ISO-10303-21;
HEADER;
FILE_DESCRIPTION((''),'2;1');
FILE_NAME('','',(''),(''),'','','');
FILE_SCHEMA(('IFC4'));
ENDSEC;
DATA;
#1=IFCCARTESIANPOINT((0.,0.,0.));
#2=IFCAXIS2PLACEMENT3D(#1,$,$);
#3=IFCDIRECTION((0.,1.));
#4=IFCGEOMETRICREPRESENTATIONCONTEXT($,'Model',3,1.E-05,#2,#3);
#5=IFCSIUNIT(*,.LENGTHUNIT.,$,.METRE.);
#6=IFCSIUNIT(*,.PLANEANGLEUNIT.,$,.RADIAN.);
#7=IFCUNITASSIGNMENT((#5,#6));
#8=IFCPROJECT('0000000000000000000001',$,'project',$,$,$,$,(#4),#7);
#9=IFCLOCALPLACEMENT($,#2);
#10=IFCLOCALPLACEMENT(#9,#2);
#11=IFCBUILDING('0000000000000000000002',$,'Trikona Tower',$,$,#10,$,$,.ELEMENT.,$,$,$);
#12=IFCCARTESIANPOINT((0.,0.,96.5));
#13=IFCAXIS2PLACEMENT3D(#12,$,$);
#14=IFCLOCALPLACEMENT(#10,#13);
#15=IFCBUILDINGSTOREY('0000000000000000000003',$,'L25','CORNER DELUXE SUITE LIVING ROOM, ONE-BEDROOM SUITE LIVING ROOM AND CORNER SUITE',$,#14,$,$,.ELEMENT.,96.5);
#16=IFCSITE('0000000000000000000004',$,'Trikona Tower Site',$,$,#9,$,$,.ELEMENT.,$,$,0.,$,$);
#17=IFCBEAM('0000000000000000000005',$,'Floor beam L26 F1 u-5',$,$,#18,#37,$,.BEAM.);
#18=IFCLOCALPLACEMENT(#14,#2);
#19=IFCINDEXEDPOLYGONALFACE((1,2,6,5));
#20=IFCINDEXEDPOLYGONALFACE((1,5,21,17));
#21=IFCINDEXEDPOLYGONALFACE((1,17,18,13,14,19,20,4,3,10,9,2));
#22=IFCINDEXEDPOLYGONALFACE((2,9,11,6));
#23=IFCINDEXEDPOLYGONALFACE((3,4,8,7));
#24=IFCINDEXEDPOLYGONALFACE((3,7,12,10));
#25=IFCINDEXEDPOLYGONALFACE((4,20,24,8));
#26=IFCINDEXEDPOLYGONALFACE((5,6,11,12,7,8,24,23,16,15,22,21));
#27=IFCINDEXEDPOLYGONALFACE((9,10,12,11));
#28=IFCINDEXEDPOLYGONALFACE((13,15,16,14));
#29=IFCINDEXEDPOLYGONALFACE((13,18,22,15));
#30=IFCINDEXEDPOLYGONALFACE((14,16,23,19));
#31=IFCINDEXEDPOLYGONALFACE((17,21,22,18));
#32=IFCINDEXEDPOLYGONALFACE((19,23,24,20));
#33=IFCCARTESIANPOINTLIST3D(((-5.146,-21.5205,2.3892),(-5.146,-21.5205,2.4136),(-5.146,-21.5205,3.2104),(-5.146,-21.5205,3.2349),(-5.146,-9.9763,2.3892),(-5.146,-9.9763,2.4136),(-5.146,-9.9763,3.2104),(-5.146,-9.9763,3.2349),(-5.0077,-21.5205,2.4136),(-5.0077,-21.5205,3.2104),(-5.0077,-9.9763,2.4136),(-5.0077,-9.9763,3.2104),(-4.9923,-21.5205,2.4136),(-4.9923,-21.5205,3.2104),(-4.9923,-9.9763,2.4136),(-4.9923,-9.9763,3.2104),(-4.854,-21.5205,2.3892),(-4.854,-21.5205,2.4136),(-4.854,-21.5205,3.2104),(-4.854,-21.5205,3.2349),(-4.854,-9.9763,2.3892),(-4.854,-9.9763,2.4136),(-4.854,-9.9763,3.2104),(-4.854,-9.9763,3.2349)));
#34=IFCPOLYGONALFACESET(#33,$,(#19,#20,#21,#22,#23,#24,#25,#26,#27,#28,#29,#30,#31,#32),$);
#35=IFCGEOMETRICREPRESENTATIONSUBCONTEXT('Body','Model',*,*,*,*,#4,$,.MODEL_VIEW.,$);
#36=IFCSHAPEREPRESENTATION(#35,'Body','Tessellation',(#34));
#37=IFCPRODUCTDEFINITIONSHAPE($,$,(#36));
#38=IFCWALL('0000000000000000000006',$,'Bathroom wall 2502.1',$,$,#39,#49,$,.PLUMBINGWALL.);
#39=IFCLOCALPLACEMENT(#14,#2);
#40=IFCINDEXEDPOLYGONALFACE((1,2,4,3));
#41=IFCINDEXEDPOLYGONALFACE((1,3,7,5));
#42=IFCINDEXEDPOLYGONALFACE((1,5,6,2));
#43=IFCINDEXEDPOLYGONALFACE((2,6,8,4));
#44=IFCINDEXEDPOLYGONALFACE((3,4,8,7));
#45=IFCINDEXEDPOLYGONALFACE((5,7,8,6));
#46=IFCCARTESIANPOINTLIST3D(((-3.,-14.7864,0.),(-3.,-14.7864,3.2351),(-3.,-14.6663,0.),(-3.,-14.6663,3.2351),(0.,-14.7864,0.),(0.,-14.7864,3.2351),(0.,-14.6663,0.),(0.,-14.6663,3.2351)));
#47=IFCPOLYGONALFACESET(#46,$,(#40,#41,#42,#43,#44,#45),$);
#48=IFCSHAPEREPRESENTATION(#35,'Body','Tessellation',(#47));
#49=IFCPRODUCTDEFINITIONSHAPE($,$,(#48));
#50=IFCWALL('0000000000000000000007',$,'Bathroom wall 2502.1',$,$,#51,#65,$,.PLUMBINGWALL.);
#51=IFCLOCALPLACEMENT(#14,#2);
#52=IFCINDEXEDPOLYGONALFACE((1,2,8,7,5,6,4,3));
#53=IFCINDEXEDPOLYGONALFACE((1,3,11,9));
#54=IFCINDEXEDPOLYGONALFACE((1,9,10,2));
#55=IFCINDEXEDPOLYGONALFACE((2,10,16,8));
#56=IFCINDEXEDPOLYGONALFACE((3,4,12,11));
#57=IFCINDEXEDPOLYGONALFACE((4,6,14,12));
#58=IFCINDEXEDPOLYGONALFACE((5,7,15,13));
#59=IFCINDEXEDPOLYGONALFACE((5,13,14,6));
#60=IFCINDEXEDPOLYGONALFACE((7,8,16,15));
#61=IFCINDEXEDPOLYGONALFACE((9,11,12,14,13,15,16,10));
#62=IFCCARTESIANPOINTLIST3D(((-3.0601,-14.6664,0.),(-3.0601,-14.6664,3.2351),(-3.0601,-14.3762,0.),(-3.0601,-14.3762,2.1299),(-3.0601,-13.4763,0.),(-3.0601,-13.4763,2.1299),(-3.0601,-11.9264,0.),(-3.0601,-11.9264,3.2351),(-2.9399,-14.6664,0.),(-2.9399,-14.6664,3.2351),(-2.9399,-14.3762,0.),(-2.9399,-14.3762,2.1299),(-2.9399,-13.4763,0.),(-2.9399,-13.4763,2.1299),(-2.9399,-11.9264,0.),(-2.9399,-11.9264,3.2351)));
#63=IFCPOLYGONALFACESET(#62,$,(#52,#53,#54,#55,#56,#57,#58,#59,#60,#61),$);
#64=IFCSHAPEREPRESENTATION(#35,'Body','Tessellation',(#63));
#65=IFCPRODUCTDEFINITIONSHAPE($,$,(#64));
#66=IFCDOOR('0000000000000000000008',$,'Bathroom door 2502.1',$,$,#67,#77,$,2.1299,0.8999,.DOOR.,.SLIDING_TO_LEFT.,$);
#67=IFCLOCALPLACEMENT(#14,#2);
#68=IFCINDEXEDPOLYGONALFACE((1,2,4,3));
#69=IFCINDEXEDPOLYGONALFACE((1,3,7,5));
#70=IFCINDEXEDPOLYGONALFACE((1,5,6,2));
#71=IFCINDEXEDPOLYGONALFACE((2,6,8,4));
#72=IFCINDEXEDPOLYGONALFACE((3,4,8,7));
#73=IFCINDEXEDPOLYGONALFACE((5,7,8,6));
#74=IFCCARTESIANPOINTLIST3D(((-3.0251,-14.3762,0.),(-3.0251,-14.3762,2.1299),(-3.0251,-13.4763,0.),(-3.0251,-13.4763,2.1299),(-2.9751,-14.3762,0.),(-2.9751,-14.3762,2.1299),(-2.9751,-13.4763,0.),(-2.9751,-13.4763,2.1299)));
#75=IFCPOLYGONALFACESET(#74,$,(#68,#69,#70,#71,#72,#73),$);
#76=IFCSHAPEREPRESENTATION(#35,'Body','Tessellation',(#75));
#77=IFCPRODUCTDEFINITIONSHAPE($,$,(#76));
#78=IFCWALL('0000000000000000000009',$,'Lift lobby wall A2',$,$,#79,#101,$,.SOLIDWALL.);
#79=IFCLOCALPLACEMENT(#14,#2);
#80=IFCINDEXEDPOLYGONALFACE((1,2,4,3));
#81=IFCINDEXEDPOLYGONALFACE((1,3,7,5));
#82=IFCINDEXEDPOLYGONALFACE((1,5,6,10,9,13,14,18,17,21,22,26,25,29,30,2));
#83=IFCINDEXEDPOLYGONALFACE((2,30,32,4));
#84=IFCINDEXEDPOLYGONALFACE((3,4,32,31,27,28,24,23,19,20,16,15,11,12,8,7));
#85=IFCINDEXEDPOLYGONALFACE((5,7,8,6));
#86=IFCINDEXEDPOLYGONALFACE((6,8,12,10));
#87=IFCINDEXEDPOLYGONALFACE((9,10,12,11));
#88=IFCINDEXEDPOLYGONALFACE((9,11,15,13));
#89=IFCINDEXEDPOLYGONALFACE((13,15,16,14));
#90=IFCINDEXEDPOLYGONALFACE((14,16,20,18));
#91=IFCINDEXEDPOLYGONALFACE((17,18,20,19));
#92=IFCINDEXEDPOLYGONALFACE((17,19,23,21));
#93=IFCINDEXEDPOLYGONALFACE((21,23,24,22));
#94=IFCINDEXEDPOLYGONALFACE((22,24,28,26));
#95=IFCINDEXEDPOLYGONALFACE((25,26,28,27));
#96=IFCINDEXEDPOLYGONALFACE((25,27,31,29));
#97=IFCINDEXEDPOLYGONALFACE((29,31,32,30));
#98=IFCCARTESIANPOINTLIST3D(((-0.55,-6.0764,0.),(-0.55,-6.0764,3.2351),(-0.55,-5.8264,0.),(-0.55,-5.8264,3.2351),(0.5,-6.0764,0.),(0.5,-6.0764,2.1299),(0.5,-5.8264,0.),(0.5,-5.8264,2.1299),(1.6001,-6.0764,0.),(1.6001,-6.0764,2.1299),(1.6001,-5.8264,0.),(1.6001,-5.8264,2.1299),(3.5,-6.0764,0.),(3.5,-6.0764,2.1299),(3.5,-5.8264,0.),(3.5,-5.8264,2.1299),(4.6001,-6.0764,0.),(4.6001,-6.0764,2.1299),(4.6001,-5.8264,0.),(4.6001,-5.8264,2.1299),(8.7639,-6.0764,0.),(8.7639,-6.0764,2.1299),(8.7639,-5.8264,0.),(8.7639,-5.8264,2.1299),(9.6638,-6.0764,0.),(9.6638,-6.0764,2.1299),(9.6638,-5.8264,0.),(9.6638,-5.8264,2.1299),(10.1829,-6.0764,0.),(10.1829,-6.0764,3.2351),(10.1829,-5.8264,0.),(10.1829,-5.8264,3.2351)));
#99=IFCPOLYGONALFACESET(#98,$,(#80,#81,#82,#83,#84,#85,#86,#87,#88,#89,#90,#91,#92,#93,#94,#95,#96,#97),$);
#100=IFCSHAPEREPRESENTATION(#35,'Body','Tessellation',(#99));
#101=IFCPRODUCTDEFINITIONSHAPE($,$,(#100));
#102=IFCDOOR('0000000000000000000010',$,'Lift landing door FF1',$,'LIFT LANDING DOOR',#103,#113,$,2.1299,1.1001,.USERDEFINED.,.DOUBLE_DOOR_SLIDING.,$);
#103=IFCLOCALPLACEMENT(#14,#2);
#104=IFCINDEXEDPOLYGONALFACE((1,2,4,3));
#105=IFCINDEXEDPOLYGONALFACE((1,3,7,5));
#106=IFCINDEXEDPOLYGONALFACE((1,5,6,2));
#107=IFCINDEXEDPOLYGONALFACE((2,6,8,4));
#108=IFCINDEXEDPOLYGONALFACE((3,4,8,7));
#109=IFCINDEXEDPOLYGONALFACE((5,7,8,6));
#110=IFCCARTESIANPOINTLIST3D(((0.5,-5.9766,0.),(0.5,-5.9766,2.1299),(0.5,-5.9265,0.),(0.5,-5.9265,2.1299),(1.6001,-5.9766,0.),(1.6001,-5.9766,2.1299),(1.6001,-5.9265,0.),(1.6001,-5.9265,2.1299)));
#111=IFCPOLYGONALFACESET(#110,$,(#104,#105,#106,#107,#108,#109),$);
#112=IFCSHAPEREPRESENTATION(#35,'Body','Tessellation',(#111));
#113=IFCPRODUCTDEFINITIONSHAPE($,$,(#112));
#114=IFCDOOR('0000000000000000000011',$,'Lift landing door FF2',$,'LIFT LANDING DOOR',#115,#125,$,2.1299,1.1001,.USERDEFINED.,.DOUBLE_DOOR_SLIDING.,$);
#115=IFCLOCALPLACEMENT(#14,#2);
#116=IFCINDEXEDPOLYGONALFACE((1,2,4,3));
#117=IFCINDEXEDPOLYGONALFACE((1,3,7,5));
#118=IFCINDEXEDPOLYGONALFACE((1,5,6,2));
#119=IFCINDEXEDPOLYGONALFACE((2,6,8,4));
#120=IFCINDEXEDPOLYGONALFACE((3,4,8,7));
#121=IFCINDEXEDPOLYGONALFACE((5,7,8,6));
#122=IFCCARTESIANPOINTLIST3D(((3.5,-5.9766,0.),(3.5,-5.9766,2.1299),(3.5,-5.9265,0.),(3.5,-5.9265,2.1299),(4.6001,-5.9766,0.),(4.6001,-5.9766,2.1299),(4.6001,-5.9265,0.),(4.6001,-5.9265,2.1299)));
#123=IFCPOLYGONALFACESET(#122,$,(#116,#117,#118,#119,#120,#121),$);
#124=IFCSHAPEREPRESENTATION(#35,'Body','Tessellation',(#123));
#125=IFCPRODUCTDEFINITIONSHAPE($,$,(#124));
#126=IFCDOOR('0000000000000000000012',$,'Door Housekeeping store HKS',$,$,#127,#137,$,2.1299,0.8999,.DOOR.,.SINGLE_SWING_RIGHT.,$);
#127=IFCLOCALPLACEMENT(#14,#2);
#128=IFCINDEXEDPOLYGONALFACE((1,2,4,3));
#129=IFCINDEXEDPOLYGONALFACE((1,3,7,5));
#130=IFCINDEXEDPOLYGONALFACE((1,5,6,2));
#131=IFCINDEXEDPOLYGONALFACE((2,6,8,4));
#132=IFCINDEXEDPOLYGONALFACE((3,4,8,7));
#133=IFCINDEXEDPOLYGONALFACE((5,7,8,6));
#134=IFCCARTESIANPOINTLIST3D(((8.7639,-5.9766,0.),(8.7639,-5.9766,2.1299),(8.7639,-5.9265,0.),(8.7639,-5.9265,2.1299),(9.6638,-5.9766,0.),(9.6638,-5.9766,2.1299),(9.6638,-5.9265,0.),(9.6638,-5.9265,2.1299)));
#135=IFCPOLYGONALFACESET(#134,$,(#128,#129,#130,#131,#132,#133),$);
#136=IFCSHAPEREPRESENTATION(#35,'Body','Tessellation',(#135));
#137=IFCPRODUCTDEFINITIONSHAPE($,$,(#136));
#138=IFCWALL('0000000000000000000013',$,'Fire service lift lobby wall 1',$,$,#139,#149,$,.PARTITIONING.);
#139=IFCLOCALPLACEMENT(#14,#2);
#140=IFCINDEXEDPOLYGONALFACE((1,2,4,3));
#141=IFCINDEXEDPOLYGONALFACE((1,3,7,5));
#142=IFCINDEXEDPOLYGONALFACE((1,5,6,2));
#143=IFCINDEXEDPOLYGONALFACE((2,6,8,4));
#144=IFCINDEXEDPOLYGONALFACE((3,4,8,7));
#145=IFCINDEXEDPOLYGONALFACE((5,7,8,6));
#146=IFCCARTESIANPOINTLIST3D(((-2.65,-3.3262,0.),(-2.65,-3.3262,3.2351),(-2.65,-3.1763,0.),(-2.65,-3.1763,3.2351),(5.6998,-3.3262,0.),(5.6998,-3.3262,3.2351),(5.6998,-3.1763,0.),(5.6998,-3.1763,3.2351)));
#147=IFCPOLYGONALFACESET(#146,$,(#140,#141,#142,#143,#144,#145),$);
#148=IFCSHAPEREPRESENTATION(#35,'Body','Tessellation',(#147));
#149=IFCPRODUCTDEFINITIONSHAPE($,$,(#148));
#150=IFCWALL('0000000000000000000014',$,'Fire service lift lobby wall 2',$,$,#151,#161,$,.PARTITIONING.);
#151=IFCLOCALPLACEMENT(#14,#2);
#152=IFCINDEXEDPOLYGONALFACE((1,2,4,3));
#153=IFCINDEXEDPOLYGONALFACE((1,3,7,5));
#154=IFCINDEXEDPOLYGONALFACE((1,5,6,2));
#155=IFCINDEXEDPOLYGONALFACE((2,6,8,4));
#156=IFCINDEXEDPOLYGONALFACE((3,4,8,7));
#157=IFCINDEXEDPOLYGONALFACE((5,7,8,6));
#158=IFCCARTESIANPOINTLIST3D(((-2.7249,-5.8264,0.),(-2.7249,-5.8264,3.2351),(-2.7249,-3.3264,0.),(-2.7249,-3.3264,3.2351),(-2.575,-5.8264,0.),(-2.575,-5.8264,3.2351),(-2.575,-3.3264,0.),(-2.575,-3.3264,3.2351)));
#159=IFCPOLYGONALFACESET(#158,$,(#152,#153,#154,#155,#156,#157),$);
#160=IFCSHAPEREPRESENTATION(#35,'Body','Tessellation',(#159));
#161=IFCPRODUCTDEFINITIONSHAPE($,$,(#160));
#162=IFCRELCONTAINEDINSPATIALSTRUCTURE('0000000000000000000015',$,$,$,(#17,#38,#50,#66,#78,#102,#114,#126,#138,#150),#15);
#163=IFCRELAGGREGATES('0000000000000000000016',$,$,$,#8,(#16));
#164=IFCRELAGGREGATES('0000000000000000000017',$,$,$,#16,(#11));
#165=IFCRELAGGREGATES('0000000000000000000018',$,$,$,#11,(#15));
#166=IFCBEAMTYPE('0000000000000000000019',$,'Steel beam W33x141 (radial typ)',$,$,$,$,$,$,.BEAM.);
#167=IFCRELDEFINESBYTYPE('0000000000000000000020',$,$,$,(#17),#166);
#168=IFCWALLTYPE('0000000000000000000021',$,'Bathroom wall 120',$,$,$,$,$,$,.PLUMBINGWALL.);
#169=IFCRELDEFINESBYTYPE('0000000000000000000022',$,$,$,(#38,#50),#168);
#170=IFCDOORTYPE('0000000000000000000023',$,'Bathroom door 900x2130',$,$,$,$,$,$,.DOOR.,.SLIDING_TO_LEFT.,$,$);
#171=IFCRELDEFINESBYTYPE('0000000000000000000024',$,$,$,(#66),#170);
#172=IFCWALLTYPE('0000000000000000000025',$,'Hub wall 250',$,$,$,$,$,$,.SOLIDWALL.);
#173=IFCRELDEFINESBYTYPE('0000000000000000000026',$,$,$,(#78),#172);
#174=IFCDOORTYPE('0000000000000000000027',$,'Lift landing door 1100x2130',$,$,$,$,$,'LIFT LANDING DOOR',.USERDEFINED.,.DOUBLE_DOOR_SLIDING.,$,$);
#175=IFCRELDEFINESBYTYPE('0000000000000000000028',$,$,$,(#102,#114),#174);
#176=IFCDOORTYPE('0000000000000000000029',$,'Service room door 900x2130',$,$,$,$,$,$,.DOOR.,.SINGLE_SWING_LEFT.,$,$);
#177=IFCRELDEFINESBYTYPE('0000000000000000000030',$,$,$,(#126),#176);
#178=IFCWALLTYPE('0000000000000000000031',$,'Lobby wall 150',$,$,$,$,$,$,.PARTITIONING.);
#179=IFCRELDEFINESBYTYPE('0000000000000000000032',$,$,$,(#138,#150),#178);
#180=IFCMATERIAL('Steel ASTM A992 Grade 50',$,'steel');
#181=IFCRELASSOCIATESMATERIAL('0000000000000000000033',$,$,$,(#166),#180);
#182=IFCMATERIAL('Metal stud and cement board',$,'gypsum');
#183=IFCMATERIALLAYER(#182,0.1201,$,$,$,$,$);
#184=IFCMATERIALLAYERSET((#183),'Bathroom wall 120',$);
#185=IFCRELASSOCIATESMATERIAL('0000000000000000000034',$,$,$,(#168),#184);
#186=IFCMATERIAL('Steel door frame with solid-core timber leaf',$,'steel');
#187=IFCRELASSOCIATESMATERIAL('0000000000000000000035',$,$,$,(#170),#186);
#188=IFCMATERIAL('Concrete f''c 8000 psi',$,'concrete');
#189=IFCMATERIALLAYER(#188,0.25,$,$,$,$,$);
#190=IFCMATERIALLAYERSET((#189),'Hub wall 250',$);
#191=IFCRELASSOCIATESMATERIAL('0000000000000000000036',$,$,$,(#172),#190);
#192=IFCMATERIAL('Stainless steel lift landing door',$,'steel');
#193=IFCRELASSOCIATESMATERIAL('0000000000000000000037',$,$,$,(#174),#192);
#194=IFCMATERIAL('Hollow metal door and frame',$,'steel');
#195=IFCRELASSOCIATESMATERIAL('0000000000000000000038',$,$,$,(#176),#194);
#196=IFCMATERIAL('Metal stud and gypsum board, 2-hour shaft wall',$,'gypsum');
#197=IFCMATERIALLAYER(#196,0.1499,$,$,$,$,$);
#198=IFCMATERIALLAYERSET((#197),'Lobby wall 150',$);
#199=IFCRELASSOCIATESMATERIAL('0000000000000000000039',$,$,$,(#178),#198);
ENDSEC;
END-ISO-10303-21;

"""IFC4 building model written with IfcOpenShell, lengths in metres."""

from ifc_helpers import new_model, si_unit, direction, frame, frame_2d, origin, origin_2d, place, context, subcontext, project, spatial, rectangle, i_section, extrude, material, layer, layer_set, material_profile, profile_set, type_object, element, fill, save


model = new_model("IFC4")

# Units and contexts
model_context = context("Model", 3, precision=1e-05, world=origin(), true_north=direction((0.0, 1.0)))
body_context = subcontext(model_context, "Body", "Model", "MODEL_VIEW")
ifc_project = project(units=[si_unit("LENGTHUNIT", "METRE"), si_unit("PLANEANGLEUNIT", "RADIAN")], contexts=[model_context])

# Site, building, storey
site_placement = place(None, origin())
site = spatial("IfcSite", under=ifc_project, at=site_placement, Name="Trikona Tower Site", CompositionType="ELEMENT", RefElevation=0.0)
building_placement = place(site_placement, origin())
building = spatial("IfcBuilding", under=site, at=building_placement, Name="Trikona Tower", CompositionType="ELEMENT")
storey_placement = place(building_placement, frame((0.0, 0.0, 96.5)))
storey = spatial("IfcBuildingStorey", under=building, at=storey_placement, Name="L25", Description="CORNER DELUXE SUITE LIVING ROOM, ONE-BEDROOM SUITE LIVING ROOM AND CORNER SUITE", CompositionType="ELEMENT", Elevation=96.5)

# Beam
ifc_material_1 = material(Name="Steel ASTM A992 Grade 50", Category="steel")
ifc_material_profile = material_profile(ifc_material_1, i_section(OverallWidth=0.292, OverallDepth=0.8457, WebThickness=0.0154, FlangeThickness=0.0244, at=origin_2d()), Name="W33X141")
ifc_profile_set = profile_set([ifc_material_profile], Name="Steel ASTM A992 Grade 50")
beam_type = type_object("IfcBeamType", Name="Steel beam W33x141 (radial typ)", PredefinedType="BEAM", material=ifc_profile_set)
beam_placement = place(storey_placement, frame((-5.0, -9.9763, 2.812), z_axis=(0.0, -1.0, 0.0), x_axis=(1.0, 0.0, 0.0)))
element("IfcBeam", 1, at=beam_placement, inside=storey, type_object=beam_type, Name="Floor beam L26 F1 u-5", PredefinedType="BEAM", context=body_context, shape_type="SweptSolid", body=[
    extrude(i_section(OverallWidth=0.292, OverallDepth=0.8457, WebThickness=0.0154, FlangeThickness=0.0244, at=origin_2d()), origin(), (0.0, 0.0, 1.0), 11.5442),
])

# Wall
ifc_material_2 = material(Name="Metal stud and cement board", Category="gypsum")
ifc_layer_1 = layer(ifc_material_2, 0.1201)
ifc_layer_set_1 = layer_set([ifc_layer_1], Name="Bathroom wall 120")
wall_type_1 = type_object("IfcWallType", Name="Bathroom wall 120", PredefinedType="PLUMBINGWALL", material=ifc_layer_set_1)
wall_1_placement = place(storey_placement, frame((-3.0, -14.7263, 0.0), z_axis=(0.0, 0.0, 1.0), x_axis=(1.0, 0.0, 0.0)))
element("IfcWall", 2, at=wall_1_placement, inside=storey, type_object=wall_type_1, Name="Bathroom wall 2502.1", PredefinedType="PLUMBINGWALL", context=body_context, shape_type="SweptSolid", body=[
    extrude(rectangle(XDim=3.0, YDim=0.1201, at=frame_2d((1.5, 0.0))), origin(), (0.0, 0.0, 1.0), 3.2351),
])

# Wall, opening, door
wall_2_placement = place(storey_placement, frame((-3.0, -11.9263, 0.0), z_axis=(0.0, 0.0, 1.0), x_axis=(0.0, -1.0, 0.0)))
wall_2 = element("IfcWall", 3, at=wall_2_placement, inside=storey, type_object=wall_type_1, Name="Bathroom wall 2502.1", PredefinedType="PLUMBINGWALL", context=body_context, shape_type="SweptSolid", body=[
    extrude(rectangle(XDim=2.74, YDim=0.1201, at=frame_2d((1.3701, 0.0))), origin(), (0.0, 0.0, 1.0), 3.2351),
])
opening_1_placement = place(wall_2_placement, frame((1.55, 0.0, 0.0)))
opening_1 = element("IfcOpeningElement", 4, at=opening_1_placement, cuts=wall_2, PredefinedType="OPENING", context=body_context, shape_type="SweptSolid", body=[
    extrude(rectangle(XDim=0.8999, YDim=2.1299, at=frame_2d((0.45, 1.0649))), frame((0.0, 0.0701, 0.0), z_axis=(0.0, -1.0, 0.0), x_axis=(1.0, 0.0, 0.0)), (0.0, 0.0, 1.0), 0.1401),
])
ifc_material_3 = material(Name="Steel door frame with solid-core timber leaf", Category="steel")
door_type_1 = type_object("IfcDoorType", Name="Bathroom door 900x2130", OperationType="SLIDING_TO_LEFT", PredefinedType="DOOR", material=ifc_material_3)
door_1_placement = place(opening_1_placement, origin())
door_1 = element("IfcDoor", 5, at=door_1_placement, inside=storey, type_object=door_type_1, Name="Bathroom door 2502.1", OperationType="SLIDING_TO_LEFT", OverallHeight=2.1299, OverallWidth=0.8999, PredefinedType="DOOR", context=body_context, shape_type="SweptSolid", body=[
    extrude(rectangle(XDim=0.8999, YDim=2.1299, at=frame_2d((0.45, 1.0649))), frame((0.0, 0.0249, 0.0), z_axis=(0.0, -1.0, 0.0), x_axis=(1.0, 0.0, 0.0)), (0.0, 0.0, 1.0), 0.05),
])
fill(opening_1, door_1)

# Wall, openings, doors
ifc_material_4 = material(Name="Concrete f'c 8000 psi", Category="concrete")
ifc_layer_2 = layer(ifc_material_4, 0.25)
ifc_layer_set_2 = layer_set([ifc_layer_2], Name="Hub wall 250")
wall_type_2 = type_object("IfcWallType", Name="Hub wall 250", PredefinedType="SOLIDWALL", material=ifc_layer_set_2)
wall_3_placement = place(storey_placement, frame((-0.55, -5.9514, 0.0), z_axis=(0.0, 0.0, 1.0), x_axis=(1.0, 0.0, 0.0)))
wall_3 = element("IfcWall", 6, at=wall_3_placement, inside=storey, type_object=wall_type_2, Name="Lift lobby wall A2", PredefinedType="SOLIDWALL", context=body_context, shape_type="SweptSolid", body=[
    extrude(rectangle(XDim=10.7329, YDim=0.25, at=frame_2d((5.3665, 0.0))), origin(), (0.0, 0.0, 1.0), 3.2351),
])
opening_2_placement = place(wall_3_placement, frame((9.314, 0.0, 0.0)))
opening_2 = element("IfcOpeningElement", 7, at=opening_2_placement, cuts=wall_3, PredefinedType="OPENING", context=body_context, shape_type="SweptSolid", body=[
    extrude(rectangle(XDim=0.8999, YDim=2.1299, at=frame_2d((0.45, 1.0649))), frame((0.0, 0.135, 0.0), z_axis=(0.0, -1.0, 0.0), x_axis=(1.0, 0.0, 0.0)), (0.0, 0.0, 1.0), 0.27),
])
opening_3_placement = place(wall_3_placement, frame((1.05, 0.0, 0.0)))
opening_3 = element("IfcOpeningElement", 8, at=opening_3_placement, cuts=wall_3, PredefinedType="OPENING", context=body_context, shape_type="SweptSolid", body=[
    extrude(rectangle(XDim=1.1001, YDim=2.1299, at=frame_2d((0.55, 1.0649))), frame((0.0, 0.135, 0.0), z_axis=(0.0, -1.0, 0.0), x_axis=(1.0, 0.0, 0.0)), (0.0, 0.0, 1.0), 0.27),
])
opening_4_placement = place(wall_3_placement, frame((4.05, 0.0, 0.0)))
opening_4 = element("IfcOpeningElement", 9, at=opening_4_placement, cuts=wall_3, PredefinedType="OPENING", context=body_context, shape_type="SweptSolid", body=[
    extrude(rectangle(XDim=1.1001, YDim=2.1299, at=frame_2d((0.55, 1.0649))), frame((0.0, 0.135, 0.0), z_axis=(0.0, -1.0, 0.0), x_axis=(1.0, 0.0, 0.0)), (0.0, 0.0, 1.0), 0.27),
])
ifc_material_5 = material(Name="Stainless steel lift landing door", Category="steel")
door_type_2 = type_object("IfcDoorType", Name="Lift landing door 1100x2130", ElementType="LIFT LANDING DOOR", OperationType="DOUBLE_DOOR_SLIDING", PredefinedType="USERDEFINED", material=ifc_material_5)
door_2_placement = place(opening_3_placement, origin())
door_2 = element("IfcDoor", 10, at=door_2_placement, inside=storey, type_object=door_type_2, Name="Lift landing door FF1", ObjectType="LIFT LANDING DOOR", OperationType="DOUBLE_DOOR_SLIDING", OverallHeight=2.1299, OverallWidth=1.1001, PredefinedType="USERDEFINED", context=body_context, shape_type="SweptSolid", body=[
    extrude(rectangle(XDim=1.1001, YDim=2.1299, at=frame_2d((0.55, 1.0649))), frame((0.0, 0.0249, 0.0), z_axis=(0.0, -1.0, 0.0), x_axis=(1.0, 0.0, 0.0)), (0.0, 0.0, 1.0), 0.05),
])
fill(opening_3, door_2)
door_3_placement = place(opening_4_placement, origin())
door_3 = element("IfcDoor", 11, at=door_3_placement, inside=storey, type_object=door_type_2, Name="Lift landing door FF2", ObjectType="LIFT LANDING DOOR", OperationType="DOUBLE_DOOR_SLIDING", OverallHeight=2.1299, OverallWidth=1.1001, PredefinedType="USERDEFINED", context=body_context, shape_type="SweptSolid", body=[
    extrude(rectangle(XDim=1.1001, YDim=2.1299, at=frame_2d((0.55, 1.0649))), frame((0.0, 0.0249, 0.0), z_axis=(0.0, -1.0, 0.0), x_axis=(1.0, 0.0, 0.0)), (0.0, 0.0, 1.0), 0.05),
])
fill(opening_4, door_3)
ifc_material_6 = material(Name="Hollow metal door and frame", Category="steel")
door_type_3 = type_object("IfcDoorType", Name="Service room door 900x2130", OperationType="SINGLE_SWING_LEFT", PredefinedType="DOOR", material=ifc_material_6)
door_4_placement = place(opening_2_placement, origin())
door_4 = element("IfcDoor", 12, at=door_4_placement, inside=storey, type_object=door_type_3, Name="Door Housekeeping store HKS", OperationType="SINGLE_SWING_RIGHT", OverallHeight=2.1299, OverallWidth=0.8999, PredefinedType="DOOR", context=body_context, shape_type="SweptSolid", body=[
    extrude(rectangle(XDim=0.8999, YDim=2.1299, at=frame_2d((0.45, 1.0649))), frame((0.0, 0.0249, 0.0), z_axis=(0.0, -1.0, 0.0), x_axis=(1.0, 0.0, 0.0)), (0.0, 0.0, 1.0), 0.05),
])
fill(opening_2, door_4)

# Walls
ifc_material_7 = material(Name="Metal stud and gypsum board, 2-hour shaft wall", Category="gypsum")
ifc_layer_3 = layer(ifc_material_7, 0.1499)
ifc_layer_set_3 = layer_set([ifc_layer_3], Name="Lobby wall 150")
wall_type_3 = type_object("IfcWallType", Name="Lobby wall 150", PredefinedType="PARTITIONING", material=ifc_layer_set_3)
wall_4_placement = place(storey_placement, frame((-2.6499, -3.2512, 0.0), z_axis=(0.0, 0.0, 1.0), x_axis=(1.0, 0.0, 0.0)))
element("IfcWall", 13, at=wall_4_placement, inside=storey, type_object=wall_type_3, Name="Fire service lift lobby wall 1", PredefinedType="PARTITIONING", context=body_context, shape_type="SweptSolid", body=[
    extrude(rectangle(XDim=8.3499, YDim=0.1499, at=frame_2d((4.1748, 0.0))), origin(), (0.0, 0.0, 1.0), 3.2351),
])
wall_5_placement = place(storey_placement, frame((-2.6499, -5.8264, 0.0), z_axis=(0.0, 0.0, 1.0), x_axis=(0.0, 1.0, 0.0)))
element("IfcWall", 14, at=wall_5_placement, inside=storey, type_object=wall_type_3, Name="Fire service lift lobby wall 2", PredefinedType="PARTITIONING", context=body_context, shape_type="SweptSolid", body=[
    extrude(rectangle(XDim=2.5, YDim=0.1499, at=frame_2d((1.25, 0.0))), origin(), (0.0, 0.0, 1.0), 3.2351),
])

save(model, "model.ifc")
